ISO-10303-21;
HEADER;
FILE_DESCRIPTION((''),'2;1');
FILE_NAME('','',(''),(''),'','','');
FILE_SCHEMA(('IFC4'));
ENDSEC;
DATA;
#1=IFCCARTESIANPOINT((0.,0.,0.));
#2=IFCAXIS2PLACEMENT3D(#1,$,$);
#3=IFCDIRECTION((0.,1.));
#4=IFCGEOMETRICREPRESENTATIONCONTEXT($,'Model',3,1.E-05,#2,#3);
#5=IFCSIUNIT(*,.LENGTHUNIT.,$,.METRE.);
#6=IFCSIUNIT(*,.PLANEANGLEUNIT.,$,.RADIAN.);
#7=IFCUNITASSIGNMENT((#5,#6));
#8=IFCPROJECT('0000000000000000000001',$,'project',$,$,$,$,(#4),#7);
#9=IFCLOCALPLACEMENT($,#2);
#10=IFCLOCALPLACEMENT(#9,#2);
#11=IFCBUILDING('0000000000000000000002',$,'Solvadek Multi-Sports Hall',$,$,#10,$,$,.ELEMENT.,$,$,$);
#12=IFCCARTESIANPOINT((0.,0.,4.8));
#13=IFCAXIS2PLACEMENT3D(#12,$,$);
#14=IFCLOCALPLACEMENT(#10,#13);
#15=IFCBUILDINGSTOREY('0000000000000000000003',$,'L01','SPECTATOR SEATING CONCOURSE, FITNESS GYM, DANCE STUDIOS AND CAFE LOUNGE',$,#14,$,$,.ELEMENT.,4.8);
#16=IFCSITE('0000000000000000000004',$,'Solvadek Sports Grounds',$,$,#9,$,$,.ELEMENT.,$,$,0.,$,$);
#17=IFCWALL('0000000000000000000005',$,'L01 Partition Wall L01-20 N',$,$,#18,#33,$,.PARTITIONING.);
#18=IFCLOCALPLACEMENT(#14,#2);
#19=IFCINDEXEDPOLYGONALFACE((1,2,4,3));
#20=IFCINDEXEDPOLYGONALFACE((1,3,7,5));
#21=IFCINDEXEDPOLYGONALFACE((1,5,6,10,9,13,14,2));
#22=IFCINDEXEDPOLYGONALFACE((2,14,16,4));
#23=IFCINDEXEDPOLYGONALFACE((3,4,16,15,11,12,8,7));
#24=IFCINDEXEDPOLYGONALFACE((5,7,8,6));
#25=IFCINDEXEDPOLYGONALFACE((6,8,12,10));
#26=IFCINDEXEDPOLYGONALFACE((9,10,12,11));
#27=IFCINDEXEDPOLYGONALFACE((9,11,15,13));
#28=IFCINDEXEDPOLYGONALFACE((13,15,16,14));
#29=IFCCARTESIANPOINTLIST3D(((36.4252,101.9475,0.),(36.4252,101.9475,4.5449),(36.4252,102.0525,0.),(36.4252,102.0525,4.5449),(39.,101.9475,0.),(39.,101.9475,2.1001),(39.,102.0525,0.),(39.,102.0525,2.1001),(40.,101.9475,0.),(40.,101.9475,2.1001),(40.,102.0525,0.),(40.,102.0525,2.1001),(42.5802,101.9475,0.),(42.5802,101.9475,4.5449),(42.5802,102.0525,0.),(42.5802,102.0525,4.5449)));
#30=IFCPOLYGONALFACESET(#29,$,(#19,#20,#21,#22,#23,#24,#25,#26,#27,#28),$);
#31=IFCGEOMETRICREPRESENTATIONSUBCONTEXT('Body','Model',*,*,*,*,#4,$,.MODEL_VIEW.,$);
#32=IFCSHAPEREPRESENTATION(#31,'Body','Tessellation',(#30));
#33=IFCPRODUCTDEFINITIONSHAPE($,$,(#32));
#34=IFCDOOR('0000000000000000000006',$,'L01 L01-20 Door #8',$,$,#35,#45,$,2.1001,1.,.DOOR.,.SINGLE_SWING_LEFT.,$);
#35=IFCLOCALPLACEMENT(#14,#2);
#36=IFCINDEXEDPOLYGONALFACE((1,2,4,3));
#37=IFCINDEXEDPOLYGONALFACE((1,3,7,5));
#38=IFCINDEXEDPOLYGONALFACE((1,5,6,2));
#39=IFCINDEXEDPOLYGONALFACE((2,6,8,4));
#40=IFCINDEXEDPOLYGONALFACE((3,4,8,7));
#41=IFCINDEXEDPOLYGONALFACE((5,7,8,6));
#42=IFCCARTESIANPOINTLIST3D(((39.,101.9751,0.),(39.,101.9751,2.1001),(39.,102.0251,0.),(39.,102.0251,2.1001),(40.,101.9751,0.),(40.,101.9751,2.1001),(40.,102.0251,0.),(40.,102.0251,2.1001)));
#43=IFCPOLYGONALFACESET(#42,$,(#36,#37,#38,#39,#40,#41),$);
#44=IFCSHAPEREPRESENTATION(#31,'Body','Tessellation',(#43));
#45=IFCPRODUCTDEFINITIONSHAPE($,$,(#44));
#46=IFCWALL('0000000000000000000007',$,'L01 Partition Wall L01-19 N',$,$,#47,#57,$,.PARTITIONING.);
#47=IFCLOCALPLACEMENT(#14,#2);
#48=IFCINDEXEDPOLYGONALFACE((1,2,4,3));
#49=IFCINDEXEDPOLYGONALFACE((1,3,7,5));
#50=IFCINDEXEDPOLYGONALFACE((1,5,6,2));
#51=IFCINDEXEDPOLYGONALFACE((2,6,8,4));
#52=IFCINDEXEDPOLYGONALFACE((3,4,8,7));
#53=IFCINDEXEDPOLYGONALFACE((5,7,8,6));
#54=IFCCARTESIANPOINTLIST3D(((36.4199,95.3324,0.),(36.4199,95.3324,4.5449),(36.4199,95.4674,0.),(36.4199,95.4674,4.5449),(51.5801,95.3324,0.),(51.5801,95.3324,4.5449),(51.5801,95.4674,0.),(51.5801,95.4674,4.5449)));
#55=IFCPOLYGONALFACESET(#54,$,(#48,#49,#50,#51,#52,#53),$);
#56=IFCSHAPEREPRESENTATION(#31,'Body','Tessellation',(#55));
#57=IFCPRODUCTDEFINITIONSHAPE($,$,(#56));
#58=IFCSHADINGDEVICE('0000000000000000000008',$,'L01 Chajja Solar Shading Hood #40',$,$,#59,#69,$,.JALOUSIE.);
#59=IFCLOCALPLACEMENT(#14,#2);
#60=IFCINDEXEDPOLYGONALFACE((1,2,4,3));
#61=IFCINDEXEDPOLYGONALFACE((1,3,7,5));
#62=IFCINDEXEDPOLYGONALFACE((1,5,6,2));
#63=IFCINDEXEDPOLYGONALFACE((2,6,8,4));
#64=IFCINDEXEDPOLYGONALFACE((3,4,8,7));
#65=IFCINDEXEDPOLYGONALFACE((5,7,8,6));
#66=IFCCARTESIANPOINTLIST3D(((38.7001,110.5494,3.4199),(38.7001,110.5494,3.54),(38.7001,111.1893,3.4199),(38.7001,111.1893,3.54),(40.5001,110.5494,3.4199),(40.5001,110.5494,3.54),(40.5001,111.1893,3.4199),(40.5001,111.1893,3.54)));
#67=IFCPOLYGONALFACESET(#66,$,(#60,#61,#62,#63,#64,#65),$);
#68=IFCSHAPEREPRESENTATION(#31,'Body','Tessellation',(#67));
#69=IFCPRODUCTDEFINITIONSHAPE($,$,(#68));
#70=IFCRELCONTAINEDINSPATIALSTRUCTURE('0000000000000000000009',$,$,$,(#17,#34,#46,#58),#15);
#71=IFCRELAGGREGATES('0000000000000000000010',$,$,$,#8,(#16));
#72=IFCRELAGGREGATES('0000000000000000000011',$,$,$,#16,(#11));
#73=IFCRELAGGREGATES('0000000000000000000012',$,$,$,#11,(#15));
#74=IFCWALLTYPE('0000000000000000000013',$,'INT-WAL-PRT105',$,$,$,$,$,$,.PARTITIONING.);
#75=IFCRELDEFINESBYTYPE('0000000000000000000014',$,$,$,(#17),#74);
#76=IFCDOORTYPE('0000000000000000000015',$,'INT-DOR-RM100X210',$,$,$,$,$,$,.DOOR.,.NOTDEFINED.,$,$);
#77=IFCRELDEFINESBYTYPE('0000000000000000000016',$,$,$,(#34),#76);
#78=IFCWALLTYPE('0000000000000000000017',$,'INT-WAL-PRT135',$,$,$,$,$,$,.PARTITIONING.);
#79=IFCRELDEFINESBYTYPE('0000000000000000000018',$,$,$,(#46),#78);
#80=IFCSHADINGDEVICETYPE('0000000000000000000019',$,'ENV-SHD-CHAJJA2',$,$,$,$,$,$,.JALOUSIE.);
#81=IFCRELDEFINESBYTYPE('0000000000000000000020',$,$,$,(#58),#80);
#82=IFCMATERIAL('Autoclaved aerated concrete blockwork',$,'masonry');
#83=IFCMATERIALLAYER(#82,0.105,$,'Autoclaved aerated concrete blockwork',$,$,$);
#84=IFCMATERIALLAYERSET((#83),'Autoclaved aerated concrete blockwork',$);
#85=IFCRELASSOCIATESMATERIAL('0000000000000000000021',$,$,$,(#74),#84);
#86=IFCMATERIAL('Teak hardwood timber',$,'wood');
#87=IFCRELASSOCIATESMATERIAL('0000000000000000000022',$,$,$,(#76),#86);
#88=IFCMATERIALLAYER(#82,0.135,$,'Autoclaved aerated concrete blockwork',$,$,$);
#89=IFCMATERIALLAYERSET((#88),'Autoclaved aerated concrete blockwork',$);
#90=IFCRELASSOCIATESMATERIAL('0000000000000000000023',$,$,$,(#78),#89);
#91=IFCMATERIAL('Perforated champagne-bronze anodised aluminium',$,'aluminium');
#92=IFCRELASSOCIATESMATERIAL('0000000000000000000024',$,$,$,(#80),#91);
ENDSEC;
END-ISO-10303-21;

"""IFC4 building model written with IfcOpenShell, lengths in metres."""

from ifc_helpers import new_model, si_unit, direction, frame, frame_2d, origin, origin_2d, place, context, subcontext, project, spatial, rectangle, extrude, material, layer, layer_set, type_object, element, fill, save


model = new_model("IFC4")

# Units and contexts
model_context = context("Model", 3, precision=1e-05, world=origin(), true_north=direction((0.0, 1.0)))
body_context = subcontext(model_context, "Body", "Model", "MODEL_VIEW")
ifc_project = project(units=[si_unit("LENGTHUNIT", "METRE"), si_unit("PLANEANGLEUNIT", "RADIAN")], contexts=[model_context])

# Site, building, storey
site_placement = place(None, origin())
site = spatial("IfcSite", under=ifc_project, at=site_placement, Name="Solvadek Sports Grounds", CompositionType="ELEMENT", RefElevation=0.0)
building_placement = place(site_placement, origin())
building = spatial("IfcBuilding", under=site, at=building_placement, Name="Solvadek Multi-Sports Hall", CompositionType="ELEMENT")
storey_placement = place(building_placement, frame((0.0, 0.0, 4.8)))
storey = spatial("IfcBuildingStorey", under=building, at=storey_placement, Name="L01", Description="SPECTATOR SEATING CONCOURSE, FITNESS GYM, DANCE STUDIOS AND CAFE LOUNGE", CompositionType="ELEMENT", Elevation=4.8)

# Wall, opening, door
ifc_material_1 = material(Name="Autoclaved aerated concrete blockwork", Category="masonry")
ifc_layer_1 = layer(ifc_material_1, 0.105, Name="Autoclaved aerated concrete blockwork")
ifc_layer_set_1 = layer_set([ifc_layer_1], Name="Autoclaved aerated concrete blockwork")
wall_type_1 = type_object("IfcWallType", Name="INT-WAL-PRT105", PredefinedType="PARTITIONING", material=ifc_layer_set_1)
wall_1_placement = place(storey_placement, frame((36.425, 102.0, 0.0), z_axis=(0.0, 0.0, 1.0), x_axis=(1.0, 0.0, 0.0)))
wall_1 = element("IfcWall", 1, at=wall_1_placement, inside=storey, type_object=wall_type_1, Name="L01 Partition Wall L01-20 N", PredefinedType="PARTITIONING", context=body_context, shape_type="SweptSolid", body=[
    extrude(rectangle(XDim=6.155, YDim=0.105, at=frame_2d((3.0776, 0.0))), origin(), (0.0, 0.0, 1.0), 4.5449),
])
opening_1_placement = place(wall_1_placement, frame((2.575, 0.0, 0.0)))
opening_1 = element("IfcOpeningElement", 2, at=opening_1_placement, cuts=wall_1, PredefinedType="OPENING", context=body_context, shape_type="SweptSolid", body=[
    extrude(rectangle(XDim=1.0, YDim=2.1001, at=frame_2d((0.5, 1.05))), frame((0.0, 0.0625, 0.0), z_axis=(0.0, -1.0, 0.0), x_axis=(1.0, 0.0, 0.0)), (0.0, 0.0, 1.0), 0.125),
])
ifc_material_2 = material(Name="Teak hardwood timber", Category="wood")
door_type = type_object("IfcDoorType", Name="INT-DOR-RM100X210", OperationType="NOTDEFINED", PredefinedType="DOOR", material=ifc_material_2)
door_placement = place(opening_1_placement, frame((1.0, 0.0, 0.0), z_axis=(0.0, 0.0, 1.0), x_axis=(-1.0, 0.0, 0.0)))
door = element("IfcDoor", 3, at=door_placement, inside=storey, type_object=door_type, Name="L01 L01-20 Door #8", OperationType="SINGLE_SWING_LEFT", OverallHeight=2.1001, OverallWidth=1.0, PredefinedType="DOOR", context=body_context, shape_type="SweptSolid", body=[
    extrude(rectangle(XDim=1.0, YDim=2.1001, at=frame_2d((0.5, 1.05))), frame((0.0, 0.0249, 0.0), z_axis=(0.0, -1.0, 0.0), x_axis=(1.0, 0.0, 0.0)), (0.0, 0.0, 1.0), 0.05),
])
fill(opening_1, door)

# Wall
ifc_layer_2 = layer(ifc_material_1, 0.135, Name="Autoclaved aerated concrete blockwork")
ifc_layer_set_2 = layer_set([ifc_layer_2], Name="Autoclaved aerated concrete blockwork")
wall_type_2 = type_object("IfcWallType", Name="INT-WAL-PRT135", PredefinedType="PARTITIONING", material=ifc_layer_set_2)
wall_2_placement = place(storey_placement, frame((36.4199, 95.3999, 0.0), z_axis=(0.0, 0.0, 1.0), x_axis=(1.0, 0.0, 0.0)))
element("IfcWall", 4, at=wall_2_placement, inside=storey, type_object=wall_type_2, Name="L01 Partition Wall L01-19 N", PredefinedType="PARTITIONING", context=body_context, shape_type="SweptSolid", body=[
    extrude(rectangle(XDim=15.1602, YDim=0.135, at=frame_2d((7.5801, 0.0))), origin(), (0.0, 0.0, 1.0), 4.5449),
])

# Shading device
ifc_material_3 = material(Name="Perforated champagne-bronze anodised aluminium", Category="aluminium")
shading_device_type = type_object("IfcShadingDeviceType", Name="ENV-SHD-CHAJJA2", PredefinedType="JALOUSIE", material=ifc_material_3)
shading_device_placement = place(storey_placement, frame((39.6001, 110.8694, 3.4199), z_axis=(0.0, 0.0, 1.0), x_axis=(1.0, 0.0, 0.0)))
element("IfcShadingDevice", 5, at=shading_device_placement, inside=storey, type_object=shading_device_type, Name="L01 Chajja Solar Shading Hood #40", PredefinedType="JALOUSIE", context=body_context, shape_type="SweptSolid", body=[
    extrude(rectangle(XDim=1.8, YDim=0.6399, at=origin_2d()), origin(), (0.0, 0.0, 1.0), 0.1201),
])

save(model, "model.ifc")
